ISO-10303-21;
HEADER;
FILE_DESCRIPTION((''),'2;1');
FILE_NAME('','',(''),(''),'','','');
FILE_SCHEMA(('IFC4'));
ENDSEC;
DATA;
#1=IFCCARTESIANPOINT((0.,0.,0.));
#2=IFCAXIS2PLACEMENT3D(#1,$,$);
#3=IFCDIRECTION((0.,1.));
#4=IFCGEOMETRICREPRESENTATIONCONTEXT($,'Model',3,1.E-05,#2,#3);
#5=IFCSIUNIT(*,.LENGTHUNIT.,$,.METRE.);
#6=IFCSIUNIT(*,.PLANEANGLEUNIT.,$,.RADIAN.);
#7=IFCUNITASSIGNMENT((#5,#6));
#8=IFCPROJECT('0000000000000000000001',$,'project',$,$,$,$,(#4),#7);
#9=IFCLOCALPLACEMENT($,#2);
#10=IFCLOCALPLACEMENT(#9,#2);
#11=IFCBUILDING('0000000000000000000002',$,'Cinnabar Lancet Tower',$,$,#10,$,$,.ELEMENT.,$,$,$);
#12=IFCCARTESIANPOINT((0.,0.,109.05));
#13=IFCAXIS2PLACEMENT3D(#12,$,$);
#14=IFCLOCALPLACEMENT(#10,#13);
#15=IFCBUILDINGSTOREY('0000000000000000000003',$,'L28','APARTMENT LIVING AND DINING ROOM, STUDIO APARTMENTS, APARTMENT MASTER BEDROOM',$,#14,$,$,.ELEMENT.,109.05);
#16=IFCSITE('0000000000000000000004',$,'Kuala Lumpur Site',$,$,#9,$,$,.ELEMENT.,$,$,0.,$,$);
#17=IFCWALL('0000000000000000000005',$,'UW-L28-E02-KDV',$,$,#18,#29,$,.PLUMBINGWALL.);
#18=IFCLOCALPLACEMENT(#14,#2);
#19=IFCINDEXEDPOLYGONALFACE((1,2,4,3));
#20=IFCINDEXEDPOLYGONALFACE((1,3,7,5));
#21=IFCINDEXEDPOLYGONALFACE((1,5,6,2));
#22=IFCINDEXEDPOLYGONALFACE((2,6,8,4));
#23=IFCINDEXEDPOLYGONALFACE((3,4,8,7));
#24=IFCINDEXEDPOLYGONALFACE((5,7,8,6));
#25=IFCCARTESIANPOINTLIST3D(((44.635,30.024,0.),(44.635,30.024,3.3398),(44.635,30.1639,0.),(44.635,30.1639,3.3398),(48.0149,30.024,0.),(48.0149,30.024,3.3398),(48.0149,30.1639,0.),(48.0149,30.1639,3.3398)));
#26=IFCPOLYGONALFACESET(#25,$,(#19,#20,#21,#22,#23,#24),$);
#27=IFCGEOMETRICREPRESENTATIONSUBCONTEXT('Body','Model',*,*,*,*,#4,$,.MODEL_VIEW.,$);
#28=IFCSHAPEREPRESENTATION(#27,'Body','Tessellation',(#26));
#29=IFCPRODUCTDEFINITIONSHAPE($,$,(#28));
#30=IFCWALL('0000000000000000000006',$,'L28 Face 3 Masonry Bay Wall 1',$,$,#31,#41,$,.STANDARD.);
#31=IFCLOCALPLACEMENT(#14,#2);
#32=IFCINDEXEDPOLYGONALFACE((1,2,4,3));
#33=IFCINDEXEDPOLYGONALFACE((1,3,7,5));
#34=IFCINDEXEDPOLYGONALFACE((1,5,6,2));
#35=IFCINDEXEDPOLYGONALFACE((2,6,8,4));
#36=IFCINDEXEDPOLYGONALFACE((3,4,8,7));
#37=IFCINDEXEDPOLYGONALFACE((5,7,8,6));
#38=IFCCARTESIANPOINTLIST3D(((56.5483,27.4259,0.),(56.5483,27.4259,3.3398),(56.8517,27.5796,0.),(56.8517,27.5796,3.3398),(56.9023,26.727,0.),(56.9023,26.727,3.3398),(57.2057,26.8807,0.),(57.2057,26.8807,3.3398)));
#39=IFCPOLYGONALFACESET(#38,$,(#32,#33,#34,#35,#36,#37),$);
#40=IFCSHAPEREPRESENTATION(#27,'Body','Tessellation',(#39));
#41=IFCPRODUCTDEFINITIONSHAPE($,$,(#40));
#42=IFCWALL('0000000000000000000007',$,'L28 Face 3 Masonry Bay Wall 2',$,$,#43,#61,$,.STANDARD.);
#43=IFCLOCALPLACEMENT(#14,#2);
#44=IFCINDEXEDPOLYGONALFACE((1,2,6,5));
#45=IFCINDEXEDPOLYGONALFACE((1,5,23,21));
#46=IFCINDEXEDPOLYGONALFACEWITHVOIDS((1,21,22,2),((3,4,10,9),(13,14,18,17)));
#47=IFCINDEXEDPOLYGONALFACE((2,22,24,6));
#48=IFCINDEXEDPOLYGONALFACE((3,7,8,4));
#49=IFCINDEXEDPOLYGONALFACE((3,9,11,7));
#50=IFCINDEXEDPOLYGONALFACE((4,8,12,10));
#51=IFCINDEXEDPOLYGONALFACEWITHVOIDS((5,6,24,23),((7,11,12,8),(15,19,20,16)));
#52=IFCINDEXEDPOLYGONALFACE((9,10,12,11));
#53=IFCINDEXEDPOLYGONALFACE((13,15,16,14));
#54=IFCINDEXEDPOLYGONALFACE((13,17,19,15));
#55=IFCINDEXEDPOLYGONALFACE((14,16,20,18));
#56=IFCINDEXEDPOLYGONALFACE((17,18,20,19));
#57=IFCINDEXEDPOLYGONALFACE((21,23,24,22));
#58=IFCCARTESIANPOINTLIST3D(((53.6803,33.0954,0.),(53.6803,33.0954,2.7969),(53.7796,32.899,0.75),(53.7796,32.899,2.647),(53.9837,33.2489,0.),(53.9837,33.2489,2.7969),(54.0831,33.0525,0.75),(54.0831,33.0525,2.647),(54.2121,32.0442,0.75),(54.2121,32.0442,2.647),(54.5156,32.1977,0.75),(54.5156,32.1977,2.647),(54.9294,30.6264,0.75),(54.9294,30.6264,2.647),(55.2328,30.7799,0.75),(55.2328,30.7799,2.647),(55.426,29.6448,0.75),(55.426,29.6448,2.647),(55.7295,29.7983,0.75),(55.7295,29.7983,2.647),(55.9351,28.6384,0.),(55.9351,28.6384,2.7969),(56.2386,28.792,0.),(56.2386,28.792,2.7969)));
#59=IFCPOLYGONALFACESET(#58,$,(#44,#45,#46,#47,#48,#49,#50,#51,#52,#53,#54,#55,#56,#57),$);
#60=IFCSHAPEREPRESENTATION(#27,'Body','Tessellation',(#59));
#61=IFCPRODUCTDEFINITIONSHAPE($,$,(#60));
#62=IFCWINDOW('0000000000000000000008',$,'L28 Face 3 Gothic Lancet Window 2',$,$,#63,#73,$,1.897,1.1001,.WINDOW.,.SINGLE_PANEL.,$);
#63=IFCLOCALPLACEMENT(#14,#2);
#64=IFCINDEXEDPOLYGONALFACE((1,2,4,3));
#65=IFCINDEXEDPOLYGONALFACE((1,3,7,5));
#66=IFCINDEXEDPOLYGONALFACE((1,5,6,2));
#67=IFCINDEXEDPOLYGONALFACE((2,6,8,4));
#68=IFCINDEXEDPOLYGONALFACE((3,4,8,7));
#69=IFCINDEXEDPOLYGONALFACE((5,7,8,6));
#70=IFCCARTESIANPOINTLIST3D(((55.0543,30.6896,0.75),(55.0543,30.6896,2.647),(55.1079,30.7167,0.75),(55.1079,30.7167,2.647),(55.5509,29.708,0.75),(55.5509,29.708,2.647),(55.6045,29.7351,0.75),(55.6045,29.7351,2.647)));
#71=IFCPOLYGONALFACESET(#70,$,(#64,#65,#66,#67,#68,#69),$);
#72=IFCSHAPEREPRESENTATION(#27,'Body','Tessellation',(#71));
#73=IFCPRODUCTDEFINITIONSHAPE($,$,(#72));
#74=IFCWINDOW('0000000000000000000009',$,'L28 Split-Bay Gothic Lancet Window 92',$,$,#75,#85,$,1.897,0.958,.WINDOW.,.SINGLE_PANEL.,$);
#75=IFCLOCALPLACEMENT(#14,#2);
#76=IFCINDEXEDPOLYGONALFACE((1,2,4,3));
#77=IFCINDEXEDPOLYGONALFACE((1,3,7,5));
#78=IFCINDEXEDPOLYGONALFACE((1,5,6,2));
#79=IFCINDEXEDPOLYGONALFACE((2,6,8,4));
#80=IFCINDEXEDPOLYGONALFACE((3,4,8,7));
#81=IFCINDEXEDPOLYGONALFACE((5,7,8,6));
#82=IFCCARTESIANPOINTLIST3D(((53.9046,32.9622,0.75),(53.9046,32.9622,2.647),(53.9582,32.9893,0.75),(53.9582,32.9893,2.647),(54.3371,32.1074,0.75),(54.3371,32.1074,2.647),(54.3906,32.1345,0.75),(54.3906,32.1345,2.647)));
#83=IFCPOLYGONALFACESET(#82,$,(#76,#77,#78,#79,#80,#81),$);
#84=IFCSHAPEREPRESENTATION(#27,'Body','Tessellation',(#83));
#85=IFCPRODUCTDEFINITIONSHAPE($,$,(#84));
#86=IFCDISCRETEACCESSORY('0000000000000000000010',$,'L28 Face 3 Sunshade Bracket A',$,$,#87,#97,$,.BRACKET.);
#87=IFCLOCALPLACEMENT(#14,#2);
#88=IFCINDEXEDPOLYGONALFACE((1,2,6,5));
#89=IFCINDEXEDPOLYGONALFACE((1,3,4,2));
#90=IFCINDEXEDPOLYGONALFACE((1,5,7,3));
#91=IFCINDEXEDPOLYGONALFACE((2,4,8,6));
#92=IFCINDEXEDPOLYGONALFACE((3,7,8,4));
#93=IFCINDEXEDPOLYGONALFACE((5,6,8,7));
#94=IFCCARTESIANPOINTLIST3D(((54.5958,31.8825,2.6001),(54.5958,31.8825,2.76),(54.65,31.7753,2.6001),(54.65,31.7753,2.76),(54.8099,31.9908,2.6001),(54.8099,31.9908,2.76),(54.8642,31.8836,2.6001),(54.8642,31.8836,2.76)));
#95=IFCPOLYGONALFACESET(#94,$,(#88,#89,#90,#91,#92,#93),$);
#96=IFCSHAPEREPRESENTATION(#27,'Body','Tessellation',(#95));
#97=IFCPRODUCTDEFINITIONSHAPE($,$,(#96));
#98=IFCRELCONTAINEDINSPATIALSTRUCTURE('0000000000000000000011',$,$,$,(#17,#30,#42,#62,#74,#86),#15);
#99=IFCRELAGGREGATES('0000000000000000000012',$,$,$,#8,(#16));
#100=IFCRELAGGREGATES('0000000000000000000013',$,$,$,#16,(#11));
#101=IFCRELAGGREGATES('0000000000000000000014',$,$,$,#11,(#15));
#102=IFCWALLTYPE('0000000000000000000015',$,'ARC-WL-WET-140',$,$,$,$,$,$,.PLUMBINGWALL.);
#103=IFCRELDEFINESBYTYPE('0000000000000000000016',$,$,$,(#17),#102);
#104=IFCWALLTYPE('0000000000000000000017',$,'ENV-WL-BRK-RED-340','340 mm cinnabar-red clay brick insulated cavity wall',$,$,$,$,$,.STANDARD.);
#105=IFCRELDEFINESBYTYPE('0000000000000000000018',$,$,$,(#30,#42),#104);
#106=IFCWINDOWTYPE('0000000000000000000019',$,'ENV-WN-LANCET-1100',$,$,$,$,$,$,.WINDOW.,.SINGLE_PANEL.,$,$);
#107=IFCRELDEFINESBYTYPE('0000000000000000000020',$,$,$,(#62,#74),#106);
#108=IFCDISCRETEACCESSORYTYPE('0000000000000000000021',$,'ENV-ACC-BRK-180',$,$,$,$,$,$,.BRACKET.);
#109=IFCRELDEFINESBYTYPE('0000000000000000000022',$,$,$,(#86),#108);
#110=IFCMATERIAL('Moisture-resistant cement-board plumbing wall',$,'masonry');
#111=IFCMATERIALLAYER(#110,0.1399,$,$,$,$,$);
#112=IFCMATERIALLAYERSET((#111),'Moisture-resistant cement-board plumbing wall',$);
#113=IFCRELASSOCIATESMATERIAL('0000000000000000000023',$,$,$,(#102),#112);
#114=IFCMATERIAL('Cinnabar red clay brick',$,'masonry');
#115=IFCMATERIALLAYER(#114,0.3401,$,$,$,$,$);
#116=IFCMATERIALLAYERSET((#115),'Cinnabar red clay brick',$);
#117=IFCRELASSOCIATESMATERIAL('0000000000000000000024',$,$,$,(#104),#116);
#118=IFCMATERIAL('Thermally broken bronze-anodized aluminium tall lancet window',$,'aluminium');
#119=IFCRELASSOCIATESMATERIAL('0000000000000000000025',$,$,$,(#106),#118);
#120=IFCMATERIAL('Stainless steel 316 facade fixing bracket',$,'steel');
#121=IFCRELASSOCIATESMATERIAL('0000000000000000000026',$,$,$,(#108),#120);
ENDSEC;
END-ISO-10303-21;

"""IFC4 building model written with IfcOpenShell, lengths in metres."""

from ifc_helpers import new_model, si_unit, direction, frame, frame_2d, origin, origin_2d, place, context, subcontext, project, spatial, rectangle, extrude, material, layer, layer_set, type_object, element, fill, save


model = new_model("IFC4")

# Units and contexts
model_context = context("Model", 3, precision=1e-05, world=origin(), true_north=direction((0.0, 1.0)))
body_context = subcontext(model_context, "Body", "Model", "MODEL_VIEW")
ifc_project = project(units=[si_unit("LENGTHUNIT", "METRE"), si_unit("PLANEANGLEUNIT", "RADIAN")], contexts=[model_context])

# Site, building, storey
site_placement = place(None, origin())
site = spatial("IfcSite", under=ifc_project, at=site_placement, Name="Kuala Lumpur Site", CompositionType="ELEMENT", RefElevation=0.0)
building_placement = place(site_placement, origin())
building = spatial("IfcBuilding", under=site, at=building_placement, Name="Cinnabar Lancet Tower", CompositionType="ELEMENT")
storey_placement = place(building_placement, frame((0.0, 0.0, 109.05)))
storey = spatial("IfcBuildingStorey", under=building, at=storey_placement, Name="L28", Description="APARTMENT LIVING AND DINING ROOM, STUDIO APARTMENTS, APARTMENT MASTER BEDROOM", CompositionType="ELEMENT", Elevation=109.05)

# Shared definitions
ifc_material_1 = material(Name="Moisture-resistant cement-board plumbing wall", Category="masonry")
ifc_layer_1 = layer(ifc_material_1, 0.1399)
ifc_layer_set_1 = layer_set([ifc_layer_1], Name="Moisture-resistant cement-board plumbing wall")
wall_type_1 = type_object("IfcWallType", Name="ARC-WL-WET-140", PredefinedType="PLUMBINGWALL", material=ifc_layer_set_1)

# Walls
for number, where, z_axis, x_axis, name in (
    (1, (44.635, 30.094, 0.0), (0.0, 0.0, 1.0), (1.0, 0.0, 0.0), "UW-L28-E02-KDV"),
):
    element("IfcWall", number, at=place(storey_placement, frame(where, z_axis=z_axis, x_axis=x_axis)), inside=storey, type_object=wall_type_1, Name=name, PredefinedType="PLUMBINGWALL", context=body_context, shape_type="SweptSolid", body=[
        extrude(rectangle(XDim=3.3799, YDim=0.1399, at=frame_2d((1.6899, 0.0))), origin(), (0.0, 0.0, 1.0), 3.3398),
    ])
ifc_material_2 = material(Name="Cinnabar red clay brick", Category="masonry")
ifc_layer_2 = layer(ifc_material_2, 0.3401)
ifc_layer_set_2 = layer_set([ifc_layer_2], Name="Cinnabar red clay brick")
wall_type_2 = type_object("IfcWallType", Name="ENV-WL-BRK-RED-340", Description="340 mm cinnabar-red clay brick insulated cavity wall", PredefinedType="STANDARD", material=ifc_layer_set_2)
wall_1_placement = place(storey_placement, frame((57.054, 26.804, 0.0), z_axis=(0.0, 0.0, 1.0), x_axis=(-0.451819, 0.892109, 0.0)))
element("IfcWall", 2, at=wall_1_placement, inside=storey, type_object=wall_type_2, Name="L28 Face 3 Masonry Bay Wall 1", PredefinedType="STANDARD", context=body_context, shape_type="SweptSolid", body=[
    extrude(rectangle(XDim=0.7834, YDim=0.3401, at=frame_2d((0.3916, 0.0))), origin(), (0.0, 0.0, 1.0), 3.3398),
])

# Wall, openings, windows
wall_2_placement = place(storey_placement, frame((56.0869, 28.7151, 0.0), z_axis=(0.0, 0.0, 1.0), x_axis=(-0.451432, 0.892306, 0.0)))
wall_2 = element("IfcWall", 3, at=wall_2_placement, inside=storey, type_object=wall_type_2, Name="L28 Face 3 Masonry Bay Wall 2", PredefinedType="STANDARD", context=body_context, shape_type="SweptSolid", body=[
    extrude(rectangle(XDim=4.9949, YDim=0.3401, at=frame_2d((2.4976, 0.0))), origin(), (0.0, 0.0, 1.0), 2.7969),
])
opening_1_placement = place(wall_2_placement, frame((1.1279, 0.0, 0.75)))
opening_1 = element("IfcOpeningElement", 4, at=opening_1_placement, cuts=wall_2, PredefinedType="OPENING", context=body_context, shape_type="SweptSolid", body=[
    extrude(rectangle(XDim=1.1001, YDim=1.897, at=frame_2d((0.55, 0.9485))), frame((0.0, 0.1799, 0.0), z_axis=(0.0, -1.0, 0.0), x_axis=(1.0, 0.0, 0.0)), (0.0, 0.0, 1.0), 0.3601),
])
opening_2_placement = place(wall_2_placement, frame((3.8169, 0.0, 0.75)))
opening_2 = element("IfcOpeningElement", 5, at=opening_2_placement, cuts=wall_2, PredefinedType="OPENING", context=body_context, shape_type="SweptSolid", body=[
    extrude(rectangle(XDim=0.958, YDim=1.897, at=frame_2d((0.479, 0.9485))), frame((0.0, 0.1799, 0.0), z_axis=(0.0, -1.0, 0.0), x_axis=(1.0, 0.0, 0.0)), (0.0, 0.0, 1.0), 0.3601),
])
ifc_material_3 = material(Name="Thermally broken bronze-anodized aluminium tall lancet window", Category="aluminium")
window_type = type_object("IfcWindowType", Name="ENV-WN-LANCET-1100", PartitioningType="SINGLE_PANEL", PredefinedType="WINDOW", material=ifc_material_3)
window_1_placement = place(opening_1_placement, origin())
window_1 = element("IfcWindow", 6, at=window_1_placement, inside=storey, type_object=window_type, Name="L28 Face 3 Gothic Lancet Window 2", OverallHeight=1.897, OverallWidth=1.1001, PartitioningType="SINGLE_PANEL", PredefinedType="WINDOW", context=body_context, shape_type="SweptSolid", body=[
    extrude(rectangle(XDim=1.1001, YDim=1.897, at=frame_2d((0.55, 0.9485))), frame((0.0, 0.03, 0.0), z_axis=(0.0, -1.0, 0.0), x_axis=(1.0, 0.0, 0.0)), (0.0, 0.0, 1.0), 0.0601),
])
fill(opening_1, window_1)
window_2_placement = place(opening_2_placement, origin())
window_2 = element("IfcWindow", 7, at=window_2_placement, inside=storey, type_object=window_type, Name="L28 Split-Bay Gothic Lancet Window 92", OverallHeight=1.897, OverallWidth=0.958, PartitioningType="SINGLE_PANEL", PredefinedType="WINDOW", context=body_context, shape_type="SweptSolid", body=[
    extrude(rectangle(XDim=0.958, YDim=1.897, at=frame_2d((0.479, 0.9485))), frame((0.0, 0.03, 0.0), z_axis=(0.0, -1.0, 0.0), x_axis=(1.0, 0.0, 0.0)), (0.0, 0.0, 1.0), 0.0601),
])
fill(opening_2, window_2)

# Discrete accessory
ifc_material_4 = material(Name="Stainless steel 316 facade fixing bracket", Category="steel")
discrete_accessory_type = type_object("IfcDiscreteAccessoryType", Name="ENV-ACC-BRK-180", PredefinedType="BRACKET", material=ifc_material_4)
discrete_accessory_placement = place(storey_placement, frame((54.73, 31.8831, 2.6001), z_axis=(0.0, 0.0, 1.0), x_axis=(-0.451454, 0.892294, 0.0)))
element("IfcDiscreteAccessory", 8, at=discrete_accessory_placement, inside=storey, type_object=discrete_accessory_type, Name="L28 Face 3 Sunshade Bracket A", PredefinedType="BRACKET", context=body_context, shape_type="SweptSolid", body=[
    extrude(rectangle(XDim=0.1201, YDim=0.24, at=origin_2d()), origin(), (0.0, 0.0, 1.0), 0.1599),
])

save(model, "model.ifc")
